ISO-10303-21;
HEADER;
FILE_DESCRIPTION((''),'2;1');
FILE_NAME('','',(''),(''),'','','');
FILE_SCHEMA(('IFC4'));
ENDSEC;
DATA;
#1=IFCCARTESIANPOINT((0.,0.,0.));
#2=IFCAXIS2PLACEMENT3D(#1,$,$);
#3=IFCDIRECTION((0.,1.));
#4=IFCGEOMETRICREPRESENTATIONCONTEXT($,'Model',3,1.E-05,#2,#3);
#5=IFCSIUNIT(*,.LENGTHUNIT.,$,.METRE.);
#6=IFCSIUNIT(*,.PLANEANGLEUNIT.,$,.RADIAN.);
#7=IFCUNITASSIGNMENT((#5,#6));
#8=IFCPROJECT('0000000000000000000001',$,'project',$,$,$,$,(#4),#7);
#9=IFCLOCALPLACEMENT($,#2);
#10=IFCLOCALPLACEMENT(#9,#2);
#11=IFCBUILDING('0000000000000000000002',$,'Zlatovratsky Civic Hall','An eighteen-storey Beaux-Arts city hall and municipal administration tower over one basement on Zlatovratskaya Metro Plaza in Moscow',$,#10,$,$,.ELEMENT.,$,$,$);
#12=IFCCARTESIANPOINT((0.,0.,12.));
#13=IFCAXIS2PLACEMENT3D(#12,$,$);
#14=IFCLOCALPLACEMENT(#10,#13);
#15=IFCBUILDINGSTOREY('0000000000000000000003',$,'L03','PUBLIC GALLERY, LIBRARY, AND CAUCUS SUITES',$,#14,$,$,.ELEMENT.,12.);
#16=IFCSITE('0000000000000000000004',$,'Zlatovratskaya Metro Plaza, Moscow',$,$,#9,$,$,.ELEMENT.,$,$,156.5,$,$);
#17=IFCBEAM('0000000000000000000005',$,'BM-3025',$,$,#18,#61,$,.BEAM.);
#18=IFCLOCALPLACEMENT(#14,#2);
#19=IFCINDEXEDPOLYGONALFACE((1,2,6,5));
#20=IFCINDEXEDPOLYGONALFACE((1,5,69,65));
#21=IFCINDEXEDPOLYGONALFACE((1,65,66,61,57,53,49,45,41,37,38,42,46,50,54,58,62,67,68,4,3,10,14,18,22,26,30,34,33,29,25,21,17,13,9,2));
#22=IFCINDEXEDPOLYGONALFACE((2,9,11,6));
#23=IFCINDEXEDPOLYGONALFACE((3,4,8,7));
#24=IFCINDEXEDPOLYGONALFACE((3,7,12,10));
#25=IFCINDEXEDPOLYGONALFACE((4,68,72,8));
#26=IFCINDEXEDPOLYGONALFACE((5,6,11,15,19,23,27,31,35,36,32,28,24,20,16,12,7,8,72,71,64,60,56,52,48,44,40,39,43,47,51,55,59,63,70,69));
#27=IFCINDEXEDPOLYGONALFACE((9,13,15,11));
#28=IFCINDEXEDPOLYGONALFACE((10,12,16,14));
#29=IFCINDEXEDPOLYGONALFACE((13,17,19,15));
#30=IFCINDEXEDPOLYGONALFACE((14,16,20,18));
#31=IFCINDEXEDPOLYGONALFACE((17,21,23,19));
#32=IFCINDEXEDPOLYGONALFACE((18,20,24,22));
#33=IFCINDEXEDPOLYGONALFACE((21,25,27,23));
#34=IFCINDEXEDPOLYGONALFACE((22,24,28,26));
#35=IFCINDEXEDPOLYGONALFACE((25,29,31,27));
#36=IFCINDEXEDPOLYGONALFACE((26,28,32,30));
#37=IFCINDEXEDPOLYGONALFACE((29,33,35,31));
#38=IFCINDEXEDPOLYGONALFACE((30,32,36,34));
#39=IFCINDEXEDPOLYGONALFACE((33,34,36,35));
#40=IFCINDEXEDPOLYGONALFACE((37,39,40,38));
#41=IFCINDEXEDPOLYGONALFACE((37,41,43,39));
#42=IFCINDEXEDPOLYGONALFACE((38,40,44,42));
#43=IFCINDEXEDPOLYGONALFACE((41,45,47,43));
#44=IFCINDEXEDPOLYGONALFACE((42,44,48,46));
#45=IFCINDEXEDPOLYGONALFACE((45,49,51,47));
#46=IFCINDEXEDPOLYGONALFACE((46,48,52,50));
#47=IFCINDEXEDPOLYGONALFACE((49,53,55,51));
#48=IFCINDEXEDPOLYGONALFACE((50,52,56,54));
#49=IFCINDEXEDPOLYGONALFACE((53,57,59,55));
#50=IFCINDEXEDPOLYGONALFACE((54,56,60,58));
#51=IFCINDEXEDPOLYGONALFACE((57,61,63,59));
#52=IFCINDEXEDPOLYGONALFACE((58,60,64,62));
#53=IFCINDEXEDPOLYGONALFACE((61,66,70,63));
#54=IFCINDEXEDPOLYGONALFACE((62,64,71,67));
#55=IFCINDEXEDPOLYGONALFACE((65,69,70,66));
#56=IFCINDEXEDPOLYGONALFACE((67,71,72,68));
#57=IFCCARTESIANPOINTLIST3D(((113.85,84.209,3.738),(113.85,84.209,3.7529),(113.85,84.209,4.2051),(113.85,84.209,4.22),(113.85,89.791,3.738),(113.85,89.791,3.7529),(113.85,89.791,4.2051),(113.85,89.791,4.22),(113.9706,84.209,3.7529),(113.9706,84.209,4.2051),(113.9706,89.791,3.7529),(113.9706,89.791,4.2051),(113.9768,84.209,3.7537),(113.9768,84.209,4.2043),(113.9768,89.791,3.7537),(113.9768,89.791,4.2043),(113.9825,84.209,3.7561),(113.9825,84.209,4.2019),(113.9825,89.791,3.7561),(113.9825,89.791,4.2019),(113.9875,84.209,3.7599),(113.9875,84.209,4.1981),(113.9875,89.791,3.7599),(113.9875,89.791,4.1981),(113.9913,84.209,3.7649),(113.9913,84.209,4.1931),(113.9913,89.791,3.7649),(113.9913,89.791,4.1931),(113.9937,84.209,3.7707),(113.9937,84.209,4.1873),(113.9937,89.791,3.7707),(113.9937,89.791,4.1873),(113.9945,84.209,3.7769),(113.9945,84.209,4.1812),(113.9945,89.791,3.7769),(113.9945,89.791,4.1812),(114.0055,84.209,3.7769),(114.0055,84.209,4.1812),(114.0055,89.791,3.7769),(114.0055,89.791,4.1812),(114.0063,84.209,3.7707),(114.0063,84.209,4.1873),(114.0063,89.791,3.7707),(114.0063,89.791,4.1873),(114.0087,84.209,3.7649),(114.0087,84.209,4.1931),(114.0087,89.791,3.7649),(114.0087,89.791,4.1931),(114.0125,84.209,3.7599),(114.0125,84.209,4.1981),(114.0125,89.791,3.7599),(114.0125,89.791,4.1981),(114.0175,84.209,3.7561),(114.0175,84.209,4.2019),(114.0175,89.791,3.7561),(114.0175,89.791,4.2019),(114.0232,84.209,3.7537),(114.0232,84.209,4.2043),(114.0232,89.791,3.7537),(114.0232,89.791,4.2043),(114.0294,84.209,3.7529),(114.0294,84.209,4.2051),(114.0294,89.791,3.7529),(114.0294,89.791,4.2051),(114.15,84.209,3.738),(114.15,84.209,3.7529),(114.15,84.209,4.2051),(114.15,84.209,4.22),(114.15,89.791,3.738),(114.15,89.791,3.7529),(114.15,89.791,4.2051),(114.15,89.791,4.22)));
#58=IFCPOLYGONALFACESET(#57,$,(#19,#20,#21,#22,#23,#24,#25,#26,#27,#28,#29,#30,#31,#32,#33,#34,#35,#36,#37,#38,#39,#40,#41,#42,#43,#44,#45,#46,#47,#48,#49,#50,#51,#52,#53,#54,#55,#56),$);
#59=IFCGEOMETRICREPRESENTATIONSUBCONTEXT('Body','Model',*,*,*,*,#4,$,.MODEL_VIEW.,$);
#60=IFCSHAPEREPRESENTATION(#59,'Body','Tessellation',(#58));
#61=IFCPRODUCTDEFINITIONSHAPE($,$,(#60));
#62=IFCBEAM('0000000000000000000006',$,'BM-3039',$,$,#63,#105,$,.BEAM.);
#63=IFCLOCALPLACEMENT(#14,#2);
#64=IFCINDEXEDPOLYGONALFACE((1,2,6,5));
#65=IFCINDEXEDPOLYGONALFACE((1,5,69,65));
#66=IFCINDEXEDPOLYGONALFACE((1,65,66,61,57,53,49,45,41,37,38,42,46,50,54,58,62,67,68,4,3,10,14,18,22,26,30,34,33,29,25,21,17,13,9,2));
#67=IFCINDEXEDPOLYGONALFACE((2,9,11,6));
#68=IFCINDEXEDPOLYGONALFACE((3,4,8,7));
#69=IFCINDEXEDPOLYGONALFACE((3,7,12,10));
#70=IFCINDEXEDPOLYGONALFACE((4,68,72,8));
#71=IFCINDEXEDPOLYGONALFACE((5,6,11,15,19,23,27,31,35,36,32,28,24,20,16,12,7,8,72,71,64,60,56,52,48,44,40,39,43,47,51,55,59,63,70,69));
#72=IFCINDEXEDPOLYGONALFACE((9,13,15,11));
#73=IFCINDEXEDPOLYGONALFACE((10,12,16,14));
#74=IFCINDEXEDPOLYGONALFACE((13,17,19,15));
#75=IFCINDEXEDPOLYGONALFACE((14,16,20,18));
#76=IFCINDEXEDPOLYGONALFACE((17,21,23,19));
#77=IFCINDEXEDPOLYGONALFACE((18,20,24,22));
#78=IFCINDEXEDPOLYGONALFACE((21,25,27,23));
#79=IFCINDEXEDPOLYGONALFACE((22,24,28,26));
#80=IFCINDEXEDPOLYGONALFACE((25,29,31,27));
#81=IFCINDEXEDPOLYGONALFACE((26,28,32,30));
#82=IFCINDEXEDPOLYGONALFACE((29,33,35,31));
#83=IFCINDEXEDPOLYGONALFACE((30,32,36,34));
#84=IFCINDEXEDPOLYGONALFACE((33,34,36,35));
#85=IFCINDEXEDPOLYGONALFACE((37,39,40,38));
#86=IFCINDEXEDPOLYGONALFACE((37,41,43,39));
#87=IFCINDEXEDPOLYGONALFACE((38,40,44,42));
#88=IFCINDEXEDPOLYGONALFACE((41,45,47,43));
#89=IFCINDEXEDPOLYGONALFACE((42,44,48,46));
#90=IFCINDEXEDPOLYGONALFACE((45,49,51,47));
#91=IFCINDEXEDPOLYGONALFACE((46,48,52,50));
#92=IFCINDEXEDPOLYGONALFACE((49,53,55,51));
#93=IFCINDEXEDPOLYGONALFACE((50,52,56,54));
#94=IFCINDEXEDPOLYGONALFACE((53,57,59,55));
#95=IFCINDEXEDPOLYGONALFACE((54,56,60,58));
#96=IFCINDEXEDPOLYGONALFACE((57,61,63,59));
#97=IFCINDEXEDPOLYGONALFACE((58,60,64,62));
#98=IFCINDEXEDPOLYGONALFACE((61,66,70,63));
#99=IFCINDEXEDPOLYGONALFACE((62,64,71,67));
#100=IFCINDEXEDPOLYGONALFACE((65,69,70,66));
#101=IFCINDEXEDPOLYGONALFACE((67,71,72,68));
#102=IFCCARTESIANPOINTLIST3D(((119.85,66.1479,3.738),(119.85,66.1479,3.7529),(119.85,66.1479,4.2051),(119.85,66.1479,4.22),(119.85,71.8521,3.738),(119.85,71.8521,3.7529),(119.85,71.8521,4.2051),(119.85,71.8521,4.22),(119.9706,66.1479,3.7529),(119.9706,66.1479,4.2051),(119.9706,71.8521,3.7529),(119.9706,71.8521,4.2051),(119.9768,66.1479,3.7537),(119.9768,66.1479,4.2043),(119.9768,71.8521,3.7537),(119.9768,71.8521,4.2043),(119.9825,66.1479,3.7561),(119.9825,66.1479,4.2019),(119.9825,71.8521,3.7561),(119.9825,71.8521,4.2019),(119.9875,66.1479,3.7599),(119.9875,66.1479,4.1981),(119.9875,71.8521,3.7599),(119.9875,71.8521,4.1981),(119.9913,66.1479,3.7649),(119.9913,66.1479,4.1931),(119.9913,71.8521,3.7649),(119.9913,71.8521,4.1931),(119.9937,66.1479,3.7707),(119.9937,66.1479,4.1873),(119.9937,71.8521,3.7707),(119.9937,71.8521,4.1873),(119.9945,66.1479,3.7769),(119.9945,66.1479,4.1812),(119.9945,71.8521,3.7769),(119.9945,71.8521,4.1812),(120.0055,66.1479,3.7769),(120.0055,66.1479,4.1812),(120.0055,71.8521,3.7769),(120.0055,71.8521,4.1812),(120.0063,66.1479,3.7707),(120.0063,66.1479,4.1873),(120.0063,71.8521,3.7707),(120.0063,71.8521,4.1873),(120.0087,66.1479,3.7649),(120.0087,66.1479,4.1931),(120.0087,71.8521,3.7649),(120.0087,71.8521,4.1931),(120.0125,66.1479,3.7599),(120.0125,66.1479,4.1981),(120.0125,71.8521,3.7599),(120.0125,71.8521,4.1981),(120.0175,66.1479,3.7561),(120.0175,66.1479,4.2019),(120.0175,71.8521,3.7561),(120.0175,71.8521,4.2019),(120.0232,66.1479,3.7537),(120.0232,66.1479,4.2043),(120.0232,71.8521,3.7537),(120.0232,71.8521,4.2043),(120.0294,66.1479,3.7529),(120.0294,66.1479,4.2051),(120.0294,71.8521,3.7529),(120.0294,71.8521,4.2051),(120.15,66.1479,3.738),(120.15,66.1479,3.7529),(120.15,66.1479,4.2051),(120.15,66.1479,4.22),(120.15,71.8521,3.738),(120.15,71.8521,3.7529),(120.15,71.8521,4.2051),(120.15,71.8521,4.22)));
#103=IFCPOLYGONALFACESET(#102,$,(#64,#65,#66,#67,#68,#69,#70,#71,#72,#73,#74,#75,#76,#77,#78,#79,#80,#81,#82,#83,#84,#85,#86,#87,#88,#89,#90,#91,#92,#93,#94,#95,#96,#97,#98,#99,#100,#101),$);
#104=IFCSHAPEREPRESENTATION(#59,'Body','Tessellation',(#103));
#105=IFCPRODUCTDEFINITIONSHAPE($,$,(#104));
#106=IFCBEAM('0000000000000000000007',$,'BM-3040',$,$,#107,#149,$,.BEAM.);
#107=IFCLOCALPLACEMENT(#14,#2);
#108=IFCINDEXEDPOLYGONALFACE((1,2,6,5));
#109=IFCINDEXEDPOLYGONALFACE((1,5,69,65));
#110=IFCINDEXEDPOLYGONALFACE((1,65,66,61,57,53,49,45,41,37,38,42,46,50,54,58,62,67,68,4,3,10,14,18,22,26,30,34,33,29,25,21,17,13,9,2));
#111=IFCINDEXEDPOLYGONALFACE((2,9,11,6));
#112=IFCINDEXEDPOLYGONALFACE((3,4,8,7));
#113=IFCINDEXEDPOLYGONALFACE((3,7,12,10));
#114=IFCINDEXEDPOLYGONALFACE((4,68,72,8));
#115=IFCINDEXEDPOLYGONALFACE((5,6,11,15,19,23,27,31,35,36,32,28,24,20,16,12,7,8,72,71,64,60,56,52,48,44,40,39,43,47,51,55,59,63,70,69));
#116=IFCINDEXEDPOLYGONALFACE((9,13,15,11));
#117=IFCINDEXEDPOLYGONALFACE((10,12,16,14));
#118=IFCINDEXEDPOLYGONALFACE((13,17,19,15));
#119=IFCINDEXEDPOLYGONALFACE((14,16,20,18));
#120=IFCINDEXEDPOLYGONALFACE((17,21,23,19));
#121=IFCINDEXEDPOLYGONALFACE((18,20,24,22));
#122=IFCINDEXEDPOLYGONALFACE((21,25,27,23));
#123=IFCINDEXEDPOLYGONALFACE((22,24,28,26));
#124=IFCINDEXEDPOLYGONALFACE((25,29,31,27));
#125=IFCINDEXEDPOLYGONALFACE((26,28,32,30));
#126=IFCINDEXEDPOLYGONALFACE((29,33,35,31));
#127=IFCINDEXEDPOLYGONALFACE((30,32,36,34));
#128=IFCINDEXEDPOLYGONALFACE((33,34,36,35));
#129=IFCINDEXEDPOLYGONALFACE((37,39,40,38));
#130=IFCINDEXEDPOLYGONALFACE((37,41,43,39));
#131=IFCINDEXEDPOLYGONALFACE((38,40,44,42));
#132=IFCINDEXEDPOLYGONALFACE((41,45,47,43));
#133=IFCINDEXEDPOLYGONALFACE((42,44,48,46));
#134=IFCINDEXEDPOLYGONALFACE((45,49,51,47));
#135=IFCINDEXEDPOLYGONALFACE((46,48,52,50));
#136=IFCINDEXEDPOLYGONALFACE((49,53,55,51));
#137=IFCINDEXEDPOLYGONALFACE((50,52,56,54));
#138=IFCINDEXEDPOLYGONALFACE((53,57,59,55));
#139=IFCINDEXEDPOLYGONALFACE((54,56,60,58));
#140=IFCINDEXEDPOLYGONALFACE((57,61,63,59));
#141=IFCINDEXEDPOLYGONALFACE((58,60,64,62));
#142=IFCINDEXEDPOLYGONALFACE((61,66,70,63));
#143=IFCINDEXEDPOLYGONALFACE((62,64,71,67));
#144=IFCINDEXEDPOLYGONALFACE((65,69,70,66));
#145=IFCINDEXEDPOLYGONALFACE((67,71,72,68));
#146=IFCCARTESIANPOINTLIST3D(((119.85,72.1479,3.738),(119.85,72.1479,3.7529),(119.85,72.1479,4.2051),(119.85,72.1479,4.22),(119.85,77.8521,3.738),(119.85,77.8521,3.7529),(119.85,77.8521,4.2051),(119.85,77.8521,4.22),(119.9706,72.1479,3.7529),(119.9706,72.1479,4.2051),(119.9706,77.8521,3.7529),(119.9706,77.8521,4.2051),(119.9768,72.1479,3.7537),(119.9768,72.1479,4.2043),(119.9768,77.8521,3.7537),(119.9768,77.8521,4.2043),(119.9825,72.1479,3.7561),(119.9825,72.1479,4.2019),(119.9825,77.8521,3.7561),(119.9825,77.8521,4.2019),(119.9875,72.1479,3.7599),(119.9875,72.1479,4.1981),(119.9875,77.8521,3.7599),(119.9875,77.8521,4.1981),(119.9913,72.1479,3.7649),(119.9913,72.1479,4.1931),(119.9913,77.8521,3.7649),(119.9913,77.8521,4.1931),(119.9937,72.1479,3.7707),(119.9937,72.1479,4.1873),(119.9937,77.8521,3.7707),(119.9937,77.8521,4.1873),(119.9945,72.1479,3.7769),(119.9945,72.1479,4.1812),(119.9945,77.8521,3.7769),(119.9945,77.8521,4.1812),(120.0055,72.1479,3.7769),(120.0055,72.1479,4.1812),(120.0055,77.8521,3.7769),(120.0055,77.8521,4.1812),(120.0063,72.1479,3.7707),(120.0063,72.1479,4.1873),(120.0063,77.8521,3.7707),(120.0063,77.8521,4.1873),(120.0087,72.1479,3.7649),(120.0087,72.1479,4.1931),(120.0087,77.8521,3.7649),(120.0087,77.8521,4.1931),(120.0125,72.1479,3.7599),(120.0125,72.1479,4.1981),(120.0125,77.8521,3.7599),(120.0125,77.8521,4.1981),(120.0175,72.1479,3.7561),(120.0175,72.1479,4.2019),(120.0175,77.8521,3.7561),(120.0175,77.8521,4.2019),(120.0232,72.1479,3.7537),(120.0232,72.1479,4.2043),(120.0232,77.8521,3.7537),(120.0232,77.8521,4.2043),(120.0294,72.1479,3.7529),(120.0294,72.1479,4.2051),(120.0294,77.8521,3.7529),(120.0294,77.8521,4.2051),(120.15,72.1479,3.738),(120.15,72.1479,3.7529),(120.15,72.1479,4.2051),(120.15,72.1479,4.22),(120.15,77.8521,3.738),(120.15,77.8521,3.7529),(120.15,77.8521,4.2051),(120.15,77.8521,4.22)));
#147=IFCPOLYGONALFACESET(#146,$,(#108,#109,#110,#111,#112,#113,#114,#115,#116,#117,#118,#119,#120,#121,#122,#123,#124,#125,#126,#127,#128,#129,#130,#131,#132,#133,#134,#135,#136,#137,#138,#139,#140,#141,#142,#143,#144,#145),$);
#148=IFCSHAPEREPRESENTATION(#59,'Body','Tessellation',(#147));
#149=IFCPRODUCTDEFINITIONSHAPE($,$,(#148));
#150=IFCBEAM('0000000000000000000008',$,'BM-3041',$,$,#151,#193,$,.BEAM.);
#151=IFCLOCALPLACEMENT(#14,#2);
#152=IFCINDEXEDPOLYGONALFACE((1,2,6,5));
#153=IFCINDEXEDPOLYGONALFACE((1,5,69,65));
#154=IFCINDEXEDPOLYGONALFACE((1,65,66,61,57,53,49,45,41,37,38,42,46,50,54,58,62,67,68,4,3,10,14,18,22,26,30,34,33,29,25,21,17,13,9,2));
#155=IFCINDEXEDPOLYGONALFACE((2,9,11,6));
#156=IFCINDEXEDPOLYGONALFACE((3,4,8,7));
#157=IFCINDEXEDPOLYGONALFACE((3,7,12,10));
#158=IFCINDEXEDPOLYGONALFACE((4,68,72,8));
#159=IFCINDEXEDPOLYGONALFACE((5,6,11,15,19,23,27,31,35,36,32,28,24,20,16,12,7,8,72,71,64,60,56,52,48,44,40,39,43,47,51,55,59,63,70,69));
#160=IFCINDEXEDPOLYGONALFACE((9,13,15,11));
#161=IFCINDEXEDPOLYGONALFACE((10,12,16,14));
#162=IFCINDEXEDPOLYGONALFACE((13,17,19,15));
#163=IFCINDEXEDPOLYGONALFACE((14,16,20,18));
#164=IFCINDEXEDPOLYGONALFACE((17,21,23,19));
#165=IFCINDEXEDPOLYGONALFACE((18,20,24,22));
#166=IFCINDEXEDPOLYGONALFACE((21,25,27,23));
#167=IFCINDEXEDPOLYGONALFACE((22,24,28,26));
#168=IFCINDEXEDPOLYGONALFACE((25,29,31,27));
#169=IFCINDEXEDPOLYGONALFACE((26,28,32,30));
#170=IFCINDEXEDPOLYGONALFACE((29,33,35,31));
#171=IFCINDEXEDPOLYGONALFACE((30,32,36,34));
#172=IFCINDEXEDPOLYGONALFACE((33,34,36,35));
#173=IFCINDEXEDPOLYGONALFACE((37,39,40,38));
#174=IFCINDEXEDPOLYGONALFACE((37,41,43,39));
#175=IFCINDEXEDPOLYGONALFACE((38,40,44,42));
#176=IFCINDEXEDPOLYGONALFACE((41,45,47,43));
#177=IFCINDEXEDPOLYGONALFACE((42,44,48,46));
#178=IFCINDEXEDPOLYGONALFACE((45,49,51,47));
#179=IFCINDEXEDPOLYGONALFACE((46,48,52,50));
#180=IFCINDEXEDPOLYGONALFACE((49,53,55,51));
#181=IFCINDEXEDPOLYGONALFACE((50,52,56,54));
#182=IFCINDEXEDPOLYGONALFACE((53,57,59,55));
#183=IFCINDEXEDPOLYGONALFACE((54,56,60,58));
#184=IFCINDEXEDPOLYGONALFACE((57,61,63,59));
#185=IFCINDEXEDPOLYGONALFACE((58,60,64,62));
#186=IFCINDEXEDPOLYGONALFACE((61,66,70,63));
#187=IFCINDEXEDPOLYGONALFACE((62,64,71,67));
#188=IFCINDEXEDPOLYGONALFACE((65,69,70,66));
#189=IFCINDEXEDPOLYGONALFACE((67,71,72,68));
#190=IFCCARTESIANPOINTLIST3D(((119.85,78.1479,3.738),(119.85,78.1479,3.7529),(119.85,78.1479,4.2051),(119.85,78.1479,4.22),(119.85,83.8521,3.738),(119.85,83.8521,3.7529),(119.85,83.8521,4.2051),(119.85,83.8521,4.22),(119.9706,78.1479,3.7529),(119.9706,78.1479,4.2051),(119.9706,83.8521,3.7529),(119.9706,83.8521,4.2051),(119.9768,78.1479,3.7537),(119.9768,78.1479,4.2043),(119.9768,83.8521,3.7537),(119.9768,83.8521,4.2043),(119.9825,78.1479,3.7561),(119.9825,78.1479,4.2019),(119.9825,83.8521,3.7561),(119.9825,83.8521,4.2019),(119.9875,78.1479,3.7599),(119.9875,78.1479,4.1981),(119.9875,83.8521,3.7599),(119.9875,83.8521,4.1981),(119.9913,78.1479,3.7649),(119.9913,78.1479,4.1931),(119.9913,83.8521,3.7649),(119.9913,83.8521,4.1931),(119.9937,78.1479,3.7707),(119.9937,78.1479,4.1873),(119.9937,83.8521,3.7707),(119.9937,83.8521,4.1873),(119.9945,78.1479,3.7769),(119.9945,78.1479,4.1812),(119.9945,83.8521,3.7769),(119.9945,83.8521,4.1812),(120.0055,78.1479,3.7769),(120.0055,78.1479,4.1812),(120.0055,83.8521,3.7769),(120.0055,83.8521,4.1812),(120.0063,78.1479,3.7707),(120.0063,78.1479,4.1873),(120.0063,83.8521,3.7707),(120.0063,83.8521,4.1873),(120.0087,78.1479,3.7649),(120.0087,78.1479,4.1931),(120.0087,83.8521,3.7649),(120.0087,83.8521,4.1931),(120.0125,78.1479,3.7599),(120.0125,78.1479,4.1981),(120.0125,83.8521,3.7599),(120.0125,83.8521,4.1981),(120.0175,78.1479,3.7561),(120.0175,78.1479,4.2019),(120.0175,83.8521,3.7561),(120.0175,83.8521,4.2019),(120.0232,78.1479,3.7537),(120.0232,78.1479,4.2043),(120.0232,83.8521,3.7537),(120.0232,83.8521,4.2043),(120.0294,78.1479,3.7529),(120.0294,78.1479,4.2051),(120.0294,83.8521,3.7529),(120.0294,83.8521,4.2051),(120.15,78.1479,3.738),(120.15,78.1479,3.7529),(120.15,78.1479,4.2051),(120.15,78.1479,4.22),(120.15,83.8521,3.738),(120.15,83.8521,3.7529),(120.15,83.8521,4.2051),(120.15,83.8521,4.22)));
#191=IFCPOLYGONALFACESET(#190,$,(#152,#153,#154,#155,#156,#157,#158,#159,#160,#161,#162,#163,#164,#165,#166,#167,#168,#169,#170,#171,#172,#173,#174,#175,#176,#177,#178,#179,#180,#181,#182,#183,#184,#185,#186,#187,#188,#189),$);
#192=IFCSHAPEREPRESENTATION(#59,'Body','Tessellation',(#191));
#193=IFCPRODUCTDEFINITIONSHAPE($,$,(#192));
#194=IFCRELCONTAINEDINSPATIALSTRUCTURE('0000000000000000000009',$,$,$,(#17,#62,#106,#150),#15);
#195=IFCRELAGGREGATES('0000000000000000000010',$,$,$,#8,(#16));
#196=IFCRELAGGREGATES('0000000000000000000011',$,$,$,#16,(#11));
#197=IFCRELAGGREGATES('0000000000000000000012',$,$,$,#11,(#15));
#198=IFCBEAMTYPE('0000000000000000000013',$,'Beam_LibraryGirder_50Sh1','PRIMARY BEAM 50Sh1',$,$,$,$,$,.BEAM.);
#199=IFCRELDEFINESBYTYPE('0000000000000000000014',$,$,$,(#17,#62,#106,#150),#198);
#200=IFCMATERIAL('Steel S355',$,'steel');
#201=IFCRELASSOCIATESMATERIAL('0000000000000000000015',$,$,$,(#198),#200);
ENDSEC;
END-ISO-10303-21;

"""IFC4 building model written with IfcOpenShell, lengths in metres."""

from ifc_helpers import new_model, si_unit, direction, frame, origin, origin_2d, place, context, subcontext, project, spatial, i_section, extrude, material, material_profile, profile_set, type_object, element, save


model = new_model("IFC4")

# Units and contexts
model_context = context("Model", 3, precision=1e-05, world=origin(), true_north=direction((0.0, 1.0)))
body_context = subcontext(model_context, "Body", "Model", "MODEL_VIEW")
ifc_project = project(units=[si_unit("LENGTHUNIT", "METRE"), si_unit("PLANEANGLEUNIT", "RADIAN")], contexts=[model_context])

# Site, building, storey
site_placement = place(None, origin())
site = spatial("IfcSite", under=ifc_project, at=site_placement, Name="Zlatovratskaya Metro Plaza, Moscow", CompositionType="ELEMENT", RefElevation=156.5)
building_placement = place(site_placement, origin())
building = spatial("IfcBuilding", under=site, at=building_placement, Name="Zlatovratsky Civic Hall", Description="An eighteen-storey Beaux-Arts city hall and municipal administration tower over one basement on Zlatovratskaya Metro Plaza in Moscow", CompositionType="ELEMENT")
storey_placement = place(building_placement, frame((0.0, 0.0, 12.0)))
storey = spatial("IfcBuildingStorey", under=building, at=storey_placement, Name="L03", Description="PUBLIC GALLERY, LIBRARY, AND CAUCUS SUITES", CompositionType="ELEMENT", Elevation=12.0)

# Shared definitions
ifc_material_1 = material(Name="Steel S355", Category="steel")

# Beams
ifc_material_profile_1 = material_profile(ifc_material_1, i_section(OverallWidth=0.3, OverallDepth=0.4819, WebThickness=0.011, FlangeThickness=0.0149, FilletRadius=0.0239, at=origin_2d()), Name="50Sh1")
ifc_profile_set_1 = profile_set([ifc_material_profile_1], Name="Steel S355")
beam_type_1 = type_object("IfcBeamType", Name="Beam_LibraryGirder_50Sh1", Description="PRIMARY BEAM 50Sh1", PredefinedType="BEAM", material=ifc_profile_set_1)
for number, where, z_axis, x_axis, name in (
    (1, (114.0, 84.209, 3.979), (0.0, 1.0, 0.0), (-1.0, 0.0, 0.0), "BM-3025"),
):
    element("IfcBeam", number, at=place(storey_placement, frame(where, z_axis=z_axis, x_axis=x_axis)), inside=storey, type_object=beam_type_1, Name=name, PredefinedType="BEAM", context=body_context, shape_type="SweptSolid", body=[
        extrude(i_section(OverallWidth=0.3, OverallDepth=0.4819, WebThickness=0.011, FlangeThickness=0.0149, FilletRadius=0.0239, at=origin_2d()), origin(), (0.0, 0.0, 1.0), 5.582),
    ])
for number, where, z_axis, x_axis, name in (
    (2, (120.0, 66.1479, 3.979), (0.0, 1.0, 0.0), (-1.0, 0.0, 0.0), "BM-3039"),
    (3, (120.0, 72.1479, 3.979), (0.0, 1.0, 0.0), (-1.0, 0.0, 0.0), "BM-3040"),
    (4, (120.0, 78.1479, 3.979), (0.0, 1.0, 0.0), (-1.0, 0.0, 0.0), "BM-3041"),
):
    element("IfcBeam", number, at=place(storey_placement, frame(where, z_axis=z_axis, x_axis=x_axis)), inside=storey, type_object=beam_type_1, Name=name, PredefinedType="BEAM", context=body_context, shape_type="SweptSolid", body=[
        extrude(i_section(OverallWidth=0.3, OverallDepth=0.4819, WebThickness=0.011, FlangeThickness=0.0149, FilletRadius=0.0239, at=origin_2d()), origin(), (0.0, 0.0, 1.0), 5.7041),
    ])

save(model, "model.ifc")
